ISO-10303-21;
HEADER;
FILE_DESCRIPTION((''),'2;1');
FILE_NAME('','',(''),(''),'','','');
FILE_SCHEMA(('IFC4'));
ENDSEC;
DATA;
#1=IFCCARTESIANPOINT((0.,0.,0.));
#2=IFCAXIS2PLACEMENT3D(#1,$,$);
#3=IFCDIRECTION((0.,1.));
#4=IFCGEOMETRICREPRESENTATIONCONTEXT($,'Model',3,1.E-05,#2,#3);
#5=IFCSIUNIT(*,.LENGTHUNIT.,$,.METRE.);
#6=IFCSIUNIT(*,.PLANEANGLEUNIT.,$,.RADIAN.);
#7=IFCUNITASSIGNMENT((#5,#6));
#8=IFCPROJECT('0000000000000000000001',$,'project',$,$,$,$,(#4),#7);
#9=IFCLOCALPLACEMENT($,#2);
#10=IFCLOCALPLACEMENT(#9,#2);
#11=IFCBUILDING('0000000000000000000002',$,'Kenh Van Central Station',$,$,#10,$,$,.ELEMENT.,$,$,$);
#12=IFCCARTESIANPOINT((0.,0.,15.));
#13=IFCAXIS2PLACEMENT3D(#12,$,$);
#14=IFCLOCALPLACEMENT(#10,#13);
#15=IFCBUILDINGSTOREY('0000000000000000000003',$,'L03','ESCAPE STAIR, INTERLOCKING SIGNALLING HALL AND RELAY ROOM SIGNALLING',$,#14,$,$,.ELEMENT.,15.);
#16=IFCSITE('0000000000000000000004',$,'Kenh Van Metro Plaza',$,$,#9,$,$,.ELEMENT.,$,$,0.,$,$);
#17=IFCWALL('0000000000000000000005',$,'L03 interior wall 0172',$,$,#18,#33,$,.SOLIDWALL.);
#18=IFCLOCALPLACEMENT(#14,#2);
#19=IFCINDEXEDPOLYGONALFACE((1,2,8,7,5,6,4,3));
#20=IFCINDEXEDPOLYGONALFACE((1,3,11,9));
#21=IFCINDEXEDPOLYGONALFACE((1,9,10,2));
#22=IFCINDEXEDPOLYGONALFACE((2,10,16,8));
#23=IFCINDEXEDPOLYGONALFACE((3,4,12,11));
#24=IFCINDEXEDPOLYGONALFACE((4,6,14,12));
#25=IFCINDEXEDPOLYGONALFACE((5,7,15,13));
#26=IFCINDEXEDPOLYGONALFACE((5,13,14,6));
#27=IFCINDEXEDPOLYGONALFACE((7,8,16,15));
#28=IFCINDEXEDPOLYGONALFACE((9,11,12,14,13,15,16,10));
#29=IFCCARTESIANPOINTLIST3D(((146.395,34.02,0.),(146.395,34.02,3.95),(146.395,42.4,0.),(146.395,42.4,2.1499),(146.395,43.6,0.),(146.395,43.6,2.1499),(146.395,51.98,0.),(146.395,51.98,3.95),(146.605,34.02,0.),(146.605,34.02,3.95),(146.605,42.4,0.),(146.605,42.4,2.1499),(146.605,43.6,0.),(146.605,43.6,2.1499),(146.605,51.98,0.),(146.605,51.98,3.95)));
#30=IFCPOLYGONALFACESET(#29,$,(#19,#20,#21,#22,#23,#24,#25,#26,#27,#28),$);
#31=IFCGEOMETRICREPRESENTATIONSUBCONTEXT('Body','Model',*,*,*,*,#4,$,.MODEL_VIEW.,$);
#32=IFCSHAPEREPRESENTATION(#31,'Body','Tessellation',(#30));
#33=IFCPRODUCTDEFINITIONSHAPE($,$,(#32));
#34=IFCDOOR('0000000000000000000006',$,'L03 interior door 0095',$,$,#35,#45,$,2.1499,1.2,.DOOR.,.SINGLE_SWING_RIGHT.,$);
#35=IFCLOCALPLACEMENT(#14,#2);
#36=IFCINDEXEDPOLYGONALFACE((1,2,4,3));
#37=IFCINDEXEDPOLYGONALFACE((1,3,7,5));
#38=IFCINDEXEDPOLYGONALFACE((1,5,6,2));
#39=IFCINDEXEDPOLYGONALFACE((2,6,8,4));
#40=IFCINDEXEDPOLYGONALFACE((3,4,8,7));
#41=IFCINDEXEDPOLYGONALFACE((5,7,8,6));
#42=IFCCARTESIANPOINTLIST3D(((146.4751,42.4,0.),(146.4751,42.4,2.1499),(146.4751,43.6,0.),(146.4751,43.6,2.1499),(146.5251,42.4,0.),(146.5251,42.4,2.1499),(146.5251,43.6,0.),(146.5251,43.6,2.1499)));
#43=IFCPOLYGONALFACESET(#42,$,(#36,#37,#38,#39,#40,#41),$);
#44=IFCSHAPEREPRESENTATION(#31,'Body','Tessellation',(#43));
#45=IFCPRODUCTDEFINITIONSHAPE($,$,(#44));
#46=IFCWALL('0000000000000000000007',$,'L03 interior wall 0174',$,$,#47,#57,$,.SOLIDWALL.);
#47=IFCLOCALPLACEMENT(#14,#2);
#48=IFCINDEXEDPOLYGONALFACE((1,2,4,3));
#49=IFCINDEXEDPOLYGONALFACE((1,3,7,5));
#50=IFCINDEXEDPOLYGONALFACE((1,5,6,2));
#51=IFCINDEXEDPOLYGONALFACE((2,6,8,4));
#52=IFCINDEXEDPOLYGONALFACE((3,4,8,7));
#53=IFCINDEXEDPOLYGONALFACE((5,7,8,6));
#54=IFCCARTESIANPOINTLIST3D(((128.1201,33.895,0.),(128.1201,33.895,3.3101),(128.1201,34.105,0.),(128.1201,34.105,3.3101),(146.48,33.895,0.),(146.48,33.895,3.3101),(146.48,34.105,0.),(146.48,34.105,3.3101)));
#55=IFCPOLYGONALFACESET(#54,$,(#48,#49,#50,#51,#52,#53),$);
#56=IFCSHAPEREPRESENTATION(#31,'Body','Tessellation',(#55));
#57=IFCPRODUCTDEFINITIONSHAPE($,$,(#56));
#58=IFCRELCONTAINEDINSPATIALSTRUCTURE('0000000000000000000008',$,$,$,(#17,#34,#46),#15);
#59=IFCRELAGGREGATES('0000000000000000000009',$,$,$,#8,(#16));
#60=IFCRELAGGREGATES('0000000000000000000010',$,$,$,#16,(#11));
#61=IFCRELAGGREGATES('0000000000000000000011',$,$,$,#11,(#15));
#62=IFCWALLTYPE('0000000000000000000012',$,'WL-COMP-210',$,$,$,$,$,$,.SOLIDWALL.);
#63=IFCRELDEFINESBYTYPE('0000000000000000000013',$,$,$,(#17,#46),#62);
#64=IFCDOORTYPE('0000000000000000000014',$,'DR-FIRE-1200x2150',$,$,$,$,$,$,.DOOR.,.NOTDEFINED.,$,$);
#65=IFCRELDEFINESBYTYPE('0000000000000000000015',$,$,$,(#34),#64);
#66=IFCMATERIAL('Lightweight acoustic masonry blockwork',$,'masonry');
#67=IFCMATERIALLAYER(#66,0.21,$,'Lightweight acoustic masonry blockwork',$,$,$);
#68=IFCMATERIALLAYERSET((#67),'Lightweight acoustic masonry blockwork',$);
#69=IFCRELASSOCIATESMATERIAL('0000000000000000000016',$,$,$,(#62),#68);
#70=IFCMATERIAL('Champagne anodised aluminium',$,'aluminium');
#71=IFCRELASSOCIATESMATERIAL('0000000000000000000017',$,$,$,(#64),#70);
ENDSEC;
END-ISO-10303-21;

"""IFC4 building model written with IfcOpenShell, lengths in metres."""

from ifc_helpers import new_model, si_unit, direction, frame, frame_2d, origin, place, context, subcontext, project, spatial, rectangle, extrude, material, layer, layer_set, type_object, element, fill, save


model = new_model("IFC4")

# Units and contexts
model_context = context("Model", 3, precision=1e-05, world=origin(), true_north=direction((0.0, 1.0)))
body_context = subcontext(model_context, "Body", "Model", "MODEL_VIEW")
ifc_project = project(units=[si_unit("LENGTHUNIT", "METRE"), si_unit("PLANEANGLEUNIT", "RADIAN")], contexts=[model_context])

# Site, building, storey
site_placement = place(None, origin())
site = spatial("IfcSite", under=ifc_project, at=site_placement, Name="Kenh Van Metro Plaza", CompositionType="ELEMENT", RefElevation=0.0)
building_placement = place(site_placement, origin())
building = spatial("IfcBuilding", under=site, at=building_placement, Name="Kenh Van Central Station", CompositionType="ELEMENT")
storey_placement = place(building_placement, frame((0.0, 0.0, 15.0)))
storey = spatial("IfcBuildingStorey", under=building, at=storey_placement, Name="L03", Description="ESCAPE STAIR, INTERLOCKING SIGNALLING HALL AND RELAY ROOM SIGNALLING", CompositionType="ELEMENT", Elevation=15.0)

# Shared definitions
ifc_material_1 = material(Name="Lightweight acoustic masonry blockwork", Category="masonry")

# Wall, opening, door
ifc_layer_1 = layer(ifc_material_1, 0.21, Name="Lightweight acoustic masonry blockwork")
ifc_layer_set_1 = layer_set([ifc_layer_1], Name="Lightweight acoustic masonry blockwork")
wall_type_1 = type_object("IfcWallType", Name="WL-COMP-210", PredefinedType="SOLIDWALL", material=ifc_layer_set_1)
wall_1_placement = place(storey_placement, frame((146.5, 34.02, 0.0), z_axis=(0.0, 0.0, 1.0), x_axis=(0.0, 1.0, 0.0)))
wall_1 = element("IfcWall", 1, at=wall_1_placement, inside=storey, type_object=wall_type_1, Name="L03 interior wall 0172", PredefinedType="SOLIDWALL", context=body_context, shape_type="SweptSolid", body=[
    extrude(rectangle(XDim=17.96, YDim=0.21, at=frame_2d((8.98, 0.0))), origin(), (0.0, 0.0, 1.0), 3.95),
])
opening_placement = place(wall_1_placement, frame((8.3799, 0.0, 0.0)))
opening = element("IfcOpeningElement", 2, at=opening_placement, cuts=wall_1, PredefinedType="OPENING", context=body_context, shape_type="SweptSolid", body=[
    extrude(rectangle(XDim=1.2, YDim=2.1499, at=frame_2d((0.6001, 1.075))), frame((0.0, 0.115, 0.0), z_axis=(0.0, -1.0, 0.0), x_axis=(1.0, 0.0, 0.0)), (0.0, 0.0, 1.0), 0.23),
])
ifc_material_2 = material(Name="Champagne anodised aluminium", Category="aluminium")
door_type = type_object("IfcDoorType", Name="DR-FIRE-1200x2150", OperationType="NOTDEFINED", PredefinedType="DOOR", material=ifc_material_2)
door_placement = place(opening_placement, origin())
door = element("IfcDoor", 3, at=door_placement, inside=storey, type_object=door_type, Name="L03 interior door 0095", OperationType="SINGLE_SWING_RIGHT", OverallHeight=2.1499, OverallWidth=1.2, PredefinedType="DOOR", context=body_context, shape_type="SweptSolid", body=[
    extrude(rectangle(XDim=1.2, YDim=2.1499, at=frame_2d((0.6001, 1.075))), frame((0.0, 0.0249, 0.0), z_axis=(0.0, -1.0, 0.0), x_axis=(1.0, 0.0, 0.0)), (0.0, 0.0, 1.0), 0.05),
])
fill(opening, door)

# Wall
wall_2_placement = place(storey_placement, frame((128.1201, 34.0, 0.0), z_axis=(0.0, 0.0, 1.0), x_axis=(1.0, 0.0, 0.0)))
element("IfcWall", 4, at=wall_2_placement, inside=storey, type_object=wall_type_1, Name="L03 interior wall 0174", PredefinedType="SOLIDWALL", context=body_context, shape_type="SweptSolid", body=[
    extrude(rectangle(XDim=18.3599, YDim=0.21, at=frame_2d((9.1799, 0.0))), origin(), (0.0, 0.0, 1.0), 3.3101),
])

save(model, "model.ifc")
